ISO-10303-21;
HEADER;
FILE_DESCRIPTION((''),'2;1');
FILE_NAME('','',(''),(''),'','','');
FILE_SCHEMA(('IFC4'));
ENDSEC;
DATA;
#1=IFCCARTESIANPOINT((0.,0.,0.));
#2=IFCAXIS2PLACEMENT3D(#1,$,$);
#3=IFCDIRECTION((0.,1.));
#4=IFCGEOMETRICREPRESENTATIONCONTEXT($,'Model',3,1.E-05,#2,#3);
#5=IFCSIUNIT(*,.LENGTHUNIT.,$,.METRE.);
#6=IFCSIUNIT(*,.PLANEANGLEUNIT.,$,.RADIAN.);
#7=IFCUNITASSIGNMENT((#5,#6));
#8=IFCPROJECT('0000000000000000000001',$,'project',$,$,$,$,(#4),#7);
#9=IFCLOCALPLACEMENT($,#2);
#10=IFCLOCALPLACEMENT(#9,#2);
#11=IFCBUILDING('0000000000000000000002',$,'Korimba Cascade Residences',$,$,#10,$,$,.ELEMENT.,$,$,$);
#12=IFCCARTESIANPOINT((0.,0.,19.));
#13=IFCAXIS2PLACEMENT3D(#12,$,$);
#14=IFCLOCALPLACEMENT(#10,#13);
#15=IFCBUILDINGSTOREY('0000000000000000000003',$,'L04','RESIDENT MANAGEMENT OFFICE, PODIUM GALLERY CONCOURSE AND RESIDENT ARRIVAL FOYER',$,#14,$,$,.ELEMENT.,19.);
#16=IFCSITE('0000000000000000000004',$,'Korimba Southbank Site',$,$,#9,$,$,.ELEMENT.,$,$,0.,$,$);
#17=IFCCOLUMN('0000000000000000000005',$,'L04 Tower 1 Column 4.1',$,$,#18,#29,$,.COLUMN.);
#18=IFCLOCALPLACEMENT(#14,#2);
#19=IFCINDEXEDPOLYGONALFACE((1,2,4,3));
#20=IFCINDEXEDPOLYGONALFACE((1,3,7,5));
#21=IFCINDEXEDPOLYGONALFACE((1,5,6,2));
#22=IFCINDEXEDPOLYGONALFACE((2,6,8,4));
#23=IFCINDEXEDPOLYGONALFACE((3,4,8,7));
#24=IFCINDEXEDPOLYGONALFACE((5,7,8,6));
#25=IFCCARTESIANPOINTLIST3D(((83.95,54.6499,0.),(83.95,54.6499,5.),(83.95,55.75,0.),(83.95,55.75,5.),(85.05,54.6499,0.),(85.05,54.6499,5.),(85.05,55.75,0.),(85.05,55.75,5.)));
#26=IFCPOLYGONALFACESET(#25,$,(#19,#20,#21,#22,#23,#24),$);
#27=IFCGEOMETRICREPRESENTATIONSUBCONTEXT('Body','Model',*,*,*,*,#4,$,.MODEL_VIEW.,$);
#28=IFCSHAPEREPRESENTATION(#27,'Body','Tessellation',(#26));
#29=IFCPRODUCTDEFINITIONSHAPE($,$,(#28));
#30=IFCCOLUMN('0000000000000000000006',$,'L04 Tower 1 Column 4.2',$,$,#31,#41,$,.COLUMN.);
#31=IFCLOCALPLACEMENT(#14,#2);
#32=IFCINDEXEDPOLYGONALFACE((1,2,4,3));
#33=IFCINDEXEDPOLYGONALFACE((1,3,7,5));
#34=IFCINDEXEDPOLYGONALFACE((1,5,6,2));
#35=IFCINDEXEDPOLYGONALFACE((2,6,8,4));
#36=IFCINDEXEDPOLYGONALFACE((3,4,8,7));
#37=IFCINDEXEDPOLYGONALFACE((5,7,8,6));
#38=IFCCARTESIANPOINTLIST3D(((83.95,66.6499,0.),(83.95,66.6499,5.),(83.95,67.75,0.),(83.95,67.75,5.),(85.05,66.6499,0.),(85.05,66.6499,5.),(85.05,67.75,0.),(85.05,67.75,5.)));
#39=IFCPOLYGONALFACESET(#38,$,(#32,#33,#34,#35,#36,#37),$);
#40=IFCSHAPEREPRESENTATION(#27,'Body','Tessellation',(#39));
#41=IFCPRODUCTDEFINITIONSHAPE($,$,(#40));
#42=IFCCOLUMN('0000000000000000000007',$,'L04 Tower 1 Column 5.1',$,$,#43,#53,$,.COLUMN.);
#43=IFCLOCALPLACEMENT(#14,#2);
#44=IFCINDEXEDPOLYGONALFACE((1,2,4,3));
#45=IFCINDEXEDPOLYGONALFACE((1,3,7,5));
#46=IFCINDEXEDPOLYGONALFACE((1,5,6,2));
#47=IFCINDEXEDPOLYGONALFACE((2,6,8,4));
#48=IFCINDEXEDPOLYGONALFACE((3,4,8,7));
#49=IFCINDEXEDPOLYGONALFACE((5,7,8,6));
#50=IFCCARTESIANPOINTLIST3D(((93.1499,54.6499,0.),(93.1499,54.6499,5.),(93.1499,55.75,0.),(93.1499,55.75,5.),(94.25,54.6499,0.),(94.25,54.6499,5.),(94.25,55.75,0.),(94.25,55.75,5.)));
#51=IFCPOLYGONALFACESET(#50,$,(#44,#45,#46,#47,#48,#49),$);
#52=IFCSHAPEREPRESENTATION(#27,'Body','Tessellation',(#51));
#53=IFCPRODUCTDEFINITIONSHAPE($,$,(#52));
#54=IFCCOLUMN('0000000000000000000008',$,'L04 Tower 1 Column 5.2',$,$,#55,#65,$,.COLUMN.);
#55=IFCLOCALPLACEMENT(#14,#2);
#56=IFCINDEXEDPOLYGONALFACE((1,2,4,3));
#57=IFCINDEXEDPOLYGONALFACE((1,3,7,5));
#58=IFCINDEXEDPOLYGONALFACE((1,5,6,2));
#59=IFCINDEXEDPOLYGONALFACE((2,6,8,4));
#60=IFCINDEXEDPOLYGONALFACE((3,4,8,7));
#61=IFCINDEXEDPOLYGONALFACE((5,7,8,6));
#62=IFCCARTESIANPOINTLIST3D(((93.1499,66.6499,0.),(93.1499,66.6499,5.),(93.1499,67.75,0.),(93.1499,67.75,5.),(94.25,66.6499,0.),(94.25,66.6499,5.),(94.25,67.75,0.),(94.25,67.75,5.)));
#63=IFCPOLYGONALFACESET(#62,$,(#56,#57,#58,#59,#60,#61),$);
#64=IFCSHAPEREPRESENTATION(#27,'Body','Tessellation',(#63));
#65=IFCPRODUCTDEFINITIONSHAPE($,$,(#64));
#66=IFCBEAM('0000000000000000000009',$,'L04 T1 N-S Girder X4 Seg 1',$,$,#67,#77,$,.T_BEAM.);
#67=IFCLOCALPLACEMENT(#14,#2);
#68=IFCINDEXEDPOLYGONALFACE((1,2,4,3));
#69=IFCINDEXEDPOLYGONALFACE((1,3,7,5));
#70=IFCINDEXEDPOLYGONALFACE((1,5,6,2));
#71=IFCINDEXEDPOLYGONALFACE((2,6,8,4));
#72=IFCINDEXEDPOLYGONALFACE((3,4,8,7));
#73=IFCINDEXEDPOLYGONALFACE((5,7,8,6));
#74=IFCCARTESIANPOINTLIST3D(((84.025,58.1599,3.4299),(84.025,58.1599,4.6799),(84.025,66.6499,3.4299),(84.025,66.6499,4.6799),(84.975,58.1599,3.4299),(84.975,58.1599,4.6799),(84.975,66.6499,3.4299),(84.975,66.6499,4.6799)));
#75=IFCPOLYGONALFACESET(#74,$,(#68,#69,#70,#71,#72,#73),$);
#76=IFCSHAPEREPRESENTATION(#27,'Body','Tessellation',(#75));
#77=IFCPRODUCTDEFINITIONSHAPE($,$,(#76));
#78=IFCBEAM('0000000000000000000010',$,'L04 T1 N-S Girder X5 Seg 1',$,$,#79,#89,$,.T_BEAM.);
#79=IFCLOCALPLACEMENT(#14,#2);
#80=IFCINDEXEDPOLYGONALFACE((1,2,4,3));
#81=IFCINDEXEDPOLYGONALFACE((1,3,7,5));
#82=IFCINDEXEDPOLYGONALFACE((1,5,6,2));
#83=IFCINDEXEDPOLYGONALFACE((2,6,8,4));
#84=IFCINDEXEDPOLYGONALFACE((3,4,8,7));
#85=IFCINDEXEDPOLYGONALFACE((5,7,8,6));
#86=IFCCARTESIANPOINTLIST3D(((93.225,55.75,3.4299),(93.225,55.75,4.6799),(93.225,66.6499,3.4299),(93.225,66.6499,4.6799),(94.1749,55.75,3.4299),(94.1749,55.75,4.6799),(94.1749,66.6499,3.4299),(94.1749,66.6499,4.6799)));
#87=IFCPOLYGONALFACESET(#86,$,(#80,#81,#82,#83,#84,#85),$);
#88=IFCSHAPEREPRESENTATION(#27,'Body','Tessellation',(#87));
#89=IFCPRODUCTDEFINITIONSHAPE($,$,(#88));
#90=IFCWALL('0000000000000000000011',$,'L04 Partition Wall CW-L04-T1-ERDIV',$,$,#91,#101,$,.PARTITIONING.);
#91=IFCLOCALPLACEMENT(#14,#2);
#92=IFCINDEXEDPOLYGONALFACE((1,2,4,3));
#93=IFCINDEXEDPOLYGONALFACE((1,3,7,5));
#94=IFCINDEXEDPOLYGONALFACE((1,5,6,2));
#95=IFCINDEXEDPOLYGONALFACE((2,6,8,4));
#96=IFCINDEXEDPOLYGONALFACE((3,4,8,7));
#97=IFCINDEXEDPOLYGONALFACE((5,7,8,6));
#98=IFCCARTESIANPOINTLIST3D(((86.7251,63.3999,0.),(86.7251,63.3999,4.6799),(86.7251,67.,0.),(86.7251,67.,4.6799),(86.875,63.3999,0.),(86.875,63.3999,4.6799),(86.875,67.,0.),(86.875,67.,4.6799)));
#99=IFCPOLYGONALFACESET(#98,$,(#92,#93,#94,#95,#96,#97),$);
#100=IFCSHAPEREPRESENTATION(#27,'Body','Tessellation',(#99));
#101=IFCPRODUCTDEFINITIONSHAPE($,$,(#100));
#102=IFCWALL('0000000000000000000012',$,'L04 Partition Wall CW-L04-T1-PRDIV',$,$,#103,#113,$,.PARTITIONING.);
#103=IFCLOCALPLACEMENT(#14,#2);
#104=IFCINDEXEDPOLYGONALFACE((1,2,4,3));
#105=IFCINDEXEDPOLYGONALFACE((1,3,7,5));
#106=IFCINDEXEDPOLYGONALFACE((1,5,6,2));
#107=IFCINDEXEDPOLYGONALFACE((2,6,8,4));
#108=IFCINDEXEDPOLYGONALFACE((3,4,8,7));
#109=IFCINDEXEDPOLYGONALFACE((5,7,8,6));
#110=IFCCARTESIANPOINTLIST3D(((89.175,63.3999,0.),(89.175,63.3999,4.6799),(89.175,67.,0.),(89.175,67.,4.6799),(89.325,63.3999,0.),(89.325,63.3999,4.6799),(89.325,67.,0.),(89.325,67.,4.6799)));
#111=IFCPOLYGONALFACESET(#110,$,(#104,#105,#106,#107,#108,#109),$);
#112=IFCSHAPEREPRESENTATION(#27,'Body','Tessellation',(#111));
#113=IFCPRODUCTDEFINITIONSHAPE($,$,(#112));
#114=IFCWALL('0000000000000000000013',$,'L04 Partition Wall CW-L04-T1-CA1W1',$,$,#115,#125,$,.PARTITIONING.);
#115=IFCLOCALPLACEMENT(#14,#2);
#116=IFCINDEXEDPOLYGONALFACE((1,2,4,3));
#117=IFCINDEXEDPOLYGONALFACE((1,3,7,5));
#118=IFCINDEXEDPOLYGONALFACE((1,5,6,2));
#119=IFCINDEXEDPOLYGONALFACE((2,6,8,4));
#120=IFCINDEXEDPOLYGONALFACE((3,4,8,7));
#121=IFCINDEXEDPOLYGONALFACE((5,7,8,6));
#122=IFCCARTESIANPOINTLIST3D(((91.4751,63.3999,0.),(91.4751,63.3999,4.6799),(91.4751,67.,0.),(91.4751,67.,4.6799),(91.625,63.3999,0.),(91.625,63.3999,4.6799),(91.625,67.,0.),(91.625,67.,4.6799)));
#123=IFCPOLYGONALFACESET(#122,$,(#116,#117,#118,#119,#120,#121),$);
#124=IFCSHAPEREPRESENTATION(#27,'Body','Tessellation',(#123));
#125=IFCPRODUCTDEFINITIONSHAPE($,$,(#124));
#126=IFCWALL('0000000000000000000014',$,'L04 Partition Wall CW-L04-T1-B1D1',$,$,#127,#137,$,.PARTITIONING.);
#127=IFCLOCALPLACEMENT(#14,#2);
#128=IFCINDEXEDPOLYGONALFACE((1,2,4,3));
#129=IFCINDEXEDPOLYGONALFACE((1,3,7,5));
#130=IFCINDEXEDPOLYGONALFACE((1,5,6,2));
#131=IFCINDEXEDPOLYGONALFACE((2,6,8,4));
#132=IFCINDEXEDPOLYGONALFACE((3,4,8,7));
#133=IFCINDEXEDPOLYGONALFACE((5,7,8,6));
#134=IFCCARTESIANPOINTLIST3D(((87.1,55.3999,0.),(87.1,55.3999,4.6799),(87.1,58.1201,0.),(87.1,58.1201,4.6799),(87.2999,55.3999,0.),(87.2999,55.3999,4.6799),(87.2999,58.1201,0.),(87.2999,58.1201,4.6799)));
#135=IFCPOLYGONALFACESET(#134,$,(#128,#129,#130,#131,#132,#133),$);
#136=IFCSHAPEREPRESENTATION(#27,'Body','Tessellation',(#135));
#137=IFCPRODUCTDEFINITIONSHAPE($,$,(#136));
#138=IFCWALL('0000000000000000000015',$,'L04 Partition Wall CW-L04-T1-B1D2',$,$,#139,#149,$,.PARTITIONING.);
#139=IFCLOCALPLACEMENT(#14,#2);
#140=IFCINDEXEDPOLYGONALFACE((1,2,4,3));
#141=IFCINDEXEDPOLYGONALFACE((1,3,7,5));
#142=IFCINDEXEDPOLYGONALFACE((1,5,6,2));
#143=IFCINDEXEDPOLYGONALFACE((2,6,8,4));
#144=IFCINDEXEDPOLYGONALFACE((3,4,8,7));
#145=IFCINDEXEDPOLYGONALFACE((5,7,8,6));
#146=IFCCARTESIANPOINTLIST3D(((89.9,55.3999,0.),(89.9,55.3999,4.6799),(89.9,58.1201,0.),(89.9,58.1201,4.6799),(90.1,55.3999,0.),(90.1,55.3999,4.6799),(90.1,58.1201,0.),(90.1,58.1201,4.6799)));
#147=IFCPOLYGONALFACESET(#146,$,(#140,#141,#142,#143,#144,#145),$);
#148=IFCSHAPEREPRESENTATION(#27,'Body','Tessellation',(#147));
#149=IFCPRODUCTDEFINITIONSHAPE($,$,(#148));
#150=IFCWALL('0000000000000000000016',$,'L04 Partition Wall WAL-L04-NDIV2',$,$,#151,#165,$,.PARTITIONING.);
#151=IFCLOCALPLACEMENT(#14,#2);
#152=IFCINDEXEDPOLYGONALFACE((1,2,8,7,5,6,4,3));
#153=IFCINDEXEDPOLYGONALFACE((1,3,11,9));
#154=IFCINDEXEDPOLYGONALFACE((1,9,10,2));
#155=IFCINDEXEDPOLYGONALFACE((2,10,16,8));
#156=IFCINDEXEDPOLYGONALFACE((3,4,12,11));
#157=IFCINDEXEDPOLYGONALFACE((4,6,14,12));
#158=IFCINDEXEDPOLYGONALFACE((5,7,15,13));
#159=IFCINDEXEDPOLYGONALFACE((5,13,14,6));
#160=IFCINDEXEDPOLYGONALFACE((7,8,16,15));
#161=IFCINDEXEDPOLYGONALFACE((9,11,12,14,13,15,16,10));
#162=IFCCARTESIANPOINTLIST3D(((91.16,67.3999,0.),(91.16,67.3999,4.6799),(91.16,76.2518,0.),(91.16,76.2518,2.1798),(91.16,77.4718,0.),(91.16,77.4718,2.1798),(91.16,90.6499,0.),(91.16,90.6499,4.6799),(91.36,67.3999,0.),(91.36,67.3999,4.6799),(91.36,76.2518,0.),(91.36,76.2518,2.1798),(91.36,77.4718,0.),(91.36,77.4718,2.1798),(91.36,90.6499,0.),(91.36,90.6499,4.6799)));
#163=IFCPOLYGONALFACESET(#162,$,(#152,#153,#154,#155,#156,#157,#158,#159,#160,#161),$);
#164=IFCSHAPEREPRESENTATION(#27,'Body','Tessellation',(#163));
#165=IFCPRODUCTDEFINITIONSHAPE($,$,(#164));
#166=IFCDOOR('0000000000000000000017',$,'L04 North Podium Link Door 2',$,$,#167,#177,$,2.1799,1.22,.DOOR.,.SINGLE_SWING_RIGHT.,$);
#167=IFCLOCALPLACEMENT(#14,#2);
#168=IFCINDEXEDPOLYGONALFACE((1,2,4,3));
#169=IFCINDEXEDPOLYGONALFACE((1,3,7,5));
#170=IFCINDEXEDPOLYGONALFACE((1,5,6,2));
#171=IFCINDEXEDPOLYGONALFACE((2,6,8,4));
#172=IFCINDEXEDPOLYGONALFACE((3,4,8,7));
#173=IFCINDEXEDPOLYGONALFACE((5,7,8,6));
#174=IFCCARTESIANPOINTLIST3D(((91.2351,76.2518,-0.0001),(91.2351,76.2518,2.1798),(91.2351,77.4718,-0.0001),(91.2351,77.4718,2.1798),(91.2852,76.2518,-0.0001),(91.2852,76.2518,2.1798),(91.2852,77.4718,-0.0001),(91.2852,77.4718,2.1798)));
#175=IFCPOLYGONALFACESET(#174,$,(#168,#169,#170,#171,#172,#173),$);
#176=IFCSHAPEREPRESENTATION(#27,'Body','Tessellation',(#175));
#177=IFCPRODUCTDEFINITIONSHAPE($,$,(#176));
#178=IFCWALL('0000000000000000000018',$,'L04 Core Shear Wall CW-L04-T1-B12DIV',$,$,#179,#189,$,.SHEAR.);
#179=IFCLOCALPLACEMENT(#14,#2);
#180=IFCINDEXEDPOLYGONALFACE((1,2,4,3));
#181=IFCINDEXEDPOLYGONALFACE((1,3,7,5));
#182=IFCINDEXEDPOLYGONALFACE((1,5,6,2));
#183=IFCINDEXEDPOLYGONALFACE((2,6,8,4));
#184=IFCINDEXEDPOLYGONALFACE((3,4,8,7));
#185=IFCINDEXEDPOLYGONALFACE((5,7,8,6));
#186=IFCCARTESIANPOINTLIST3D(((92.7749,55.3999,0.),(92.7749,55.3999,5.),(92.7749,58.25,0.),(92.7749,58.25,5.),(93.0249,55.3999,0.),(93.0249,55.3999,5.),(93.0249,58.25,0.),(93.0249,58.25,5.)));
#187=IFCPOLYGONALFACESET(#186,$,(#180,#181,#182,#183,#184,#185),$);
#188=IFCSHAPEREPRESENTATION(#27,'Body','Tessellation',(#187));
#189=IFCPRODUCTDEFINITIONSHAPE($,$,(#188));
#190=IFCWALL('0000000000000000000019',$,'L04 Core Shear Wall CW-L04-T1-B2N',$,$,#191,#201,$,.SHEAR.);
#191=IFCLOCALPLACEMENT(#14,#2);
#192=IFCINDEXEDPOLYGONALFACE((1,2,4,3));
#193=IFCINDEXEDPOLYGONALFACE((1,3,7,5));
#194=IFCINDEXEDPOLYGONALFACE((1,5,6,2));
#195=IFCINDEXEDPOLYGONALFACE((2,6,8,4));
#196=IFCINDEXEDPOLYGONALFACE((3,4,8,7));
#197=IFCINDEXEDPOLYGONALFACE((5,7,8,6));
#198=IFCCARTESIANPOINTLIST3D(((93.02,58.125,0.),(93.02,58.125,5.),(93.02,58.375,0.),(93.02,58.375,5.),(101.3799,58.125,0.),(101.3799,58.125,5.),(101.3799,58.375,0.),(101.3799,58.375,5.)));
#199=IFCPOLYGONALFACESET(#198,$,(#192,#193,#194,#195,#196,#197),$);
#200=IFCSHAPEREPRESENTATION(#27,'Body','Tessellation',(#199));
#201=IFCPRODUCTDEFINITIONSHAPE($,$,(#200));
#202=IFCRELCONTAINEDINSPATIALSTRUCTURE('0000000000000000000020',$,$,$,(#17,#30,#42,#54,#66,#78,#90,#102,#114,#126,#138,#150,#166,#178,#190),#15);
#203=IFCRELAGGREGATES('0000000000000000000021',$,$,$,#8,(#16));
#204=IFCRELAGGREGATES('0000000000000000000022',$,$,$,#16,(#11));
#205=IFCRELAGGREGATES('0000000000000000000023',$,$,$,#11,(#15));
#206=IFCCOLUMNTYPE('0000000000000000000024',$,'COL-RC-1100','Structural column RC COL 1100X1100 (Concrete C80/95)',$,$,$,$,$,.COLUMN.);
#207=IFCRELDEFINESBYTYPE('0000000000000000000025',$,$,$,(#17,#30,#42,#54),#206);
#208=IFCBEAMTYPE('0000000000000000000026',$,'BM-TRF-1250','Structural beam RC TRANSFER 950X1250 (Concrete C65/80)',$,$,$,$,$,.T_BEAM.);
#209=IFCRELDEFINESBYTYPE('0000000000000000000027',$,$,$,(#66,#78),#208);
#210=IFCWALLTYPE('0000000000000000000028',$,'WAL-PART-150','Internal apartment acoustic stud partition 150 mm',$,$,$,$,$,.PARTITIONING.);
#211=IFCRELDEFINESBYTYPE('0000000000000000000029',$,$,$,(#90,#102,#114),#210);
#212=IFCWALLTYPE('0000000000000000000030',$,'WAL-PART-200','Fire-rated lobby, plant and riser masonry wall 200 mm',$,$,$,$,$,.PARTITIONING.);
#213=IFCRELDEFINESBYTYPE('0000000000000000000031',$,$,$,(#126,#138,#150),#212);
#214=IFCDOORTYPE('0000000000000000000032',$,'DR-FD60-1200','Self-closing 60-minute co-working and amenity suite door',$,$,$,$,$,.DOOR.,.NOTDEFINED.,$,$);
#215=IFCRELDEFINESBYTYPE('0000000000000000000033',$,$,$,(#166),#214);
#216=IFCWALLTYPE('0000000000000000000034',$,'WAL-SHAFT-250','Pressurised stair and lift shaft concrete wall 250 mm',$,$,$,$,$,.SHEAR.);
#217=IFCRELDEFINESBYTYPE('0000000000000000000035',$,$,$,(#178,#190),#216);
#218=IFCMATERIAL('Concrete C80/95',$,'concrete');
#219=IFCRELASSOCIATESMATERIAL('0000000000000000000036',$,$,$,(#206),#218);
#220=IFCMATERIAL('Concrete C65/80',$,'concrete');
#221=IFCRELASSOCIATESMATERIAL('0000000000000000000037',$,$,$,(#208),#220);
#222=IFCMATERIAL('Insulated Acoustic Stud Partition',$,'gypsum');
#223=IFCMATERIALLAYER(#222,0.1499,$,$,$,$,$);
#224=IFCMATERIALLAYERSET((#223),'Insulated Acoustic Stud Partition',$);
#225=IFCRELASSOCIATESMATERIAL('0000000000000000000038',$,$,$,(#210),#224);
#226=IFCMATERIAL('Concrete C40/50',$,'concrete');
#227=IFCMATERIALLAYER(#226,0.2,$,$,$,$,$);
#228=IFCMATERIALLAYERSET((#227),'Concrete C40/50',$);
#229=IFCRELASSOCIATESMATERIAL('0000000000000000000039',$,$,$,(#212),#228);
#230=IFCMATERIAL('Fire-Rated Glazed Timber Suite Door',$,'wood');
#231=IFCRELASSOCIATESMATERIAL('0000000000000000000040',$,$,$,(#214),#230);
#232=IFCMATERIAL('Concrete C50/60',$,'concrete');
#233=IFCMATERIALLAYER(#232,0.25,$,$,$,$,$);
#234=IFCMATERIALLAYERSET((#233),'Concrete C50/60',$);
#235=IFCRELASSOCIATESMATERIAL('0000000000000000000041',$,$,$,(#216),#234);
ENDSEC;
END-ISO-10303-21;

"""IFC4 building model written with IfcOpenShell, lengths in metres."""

from ifc_helpers import new_model, si_unit, direction, frame, frame_2d, origin, origin_2d, place, context, subcontext, project, spatial, rectangle, extrude, material, layer, layer_set, material_profile, profile_set, type_object, element, fill, save


model = new_model("IFC4")

# Units and contexts
model_context = context("Model", 3, precision=1e-05, world=origin(), true_north=direction((0.0, 1.0)))
body_context = subcontext(model_context, "Body", "Model", "MODEL_VIEW")
ifc_project = project(units=[si_unit("LENGTHUNIT", "METRE"), si_unit("PLANEANGLEUNIT", "RADIAN")], contexts=[model_context])

# Site, building, storey
site_placement = place(None, origin())
site = spatial("IfcSite", under=ifc_project, at=site_placement, Name="Korimba Southbank Site", CompositionType="ELEMENT", RefElevation=0.0)
building_placement = place(site_placement, origin())
building = spatial("IfcBuilding", under=site, at=building_placement, Name="Korimba Cascade Residences", CompositionType="ELEMENT")
storey_placement = place(building_placement, frame((0.0, 0.0, 19.0)))
storey = spatial("IfcBuildingStorey", under=building, at=storey_placement, Name="L04", Description="RESIDENT MANAGEMENT OFFICE, PODIUM GALLERY CONCOURSE AND RESIDENT ARRIVAL FOYER", CompositionType="ELEMENT", Elevation=19.0)

# Columns
ifc_material_1 = material(Name="Concrete C80/95", Category="concrete")
ifc_material_profile_1 = material_profile(ifc_material_1, rectangle(XDim=1.1001, YDim=1.1001, at=origin_2d()), Name="Concrete C80/95")
ifc_profile_set_1 = profile_set([ifc_material_profile_1], Name="Concrete C80/95")
column_type = type_object("IfcColumnType", Name="COL-RC-1100", Description="Structural column RC COL 1100X1100 (Concrete C80/95)", PredefinedType="COLUMN", material=ifc_profile_set_1)
for number, where, z_axis, x_axis, name in (
    (1, (84.5, 55.2, 0.0), (0.0, 0.0, 1.0), (1.0, 0.0, 0.0), "L04 Tower 1 Column 4.1"),
    (2, (84.5, 67.2, 0.0), (0.0, 0.0, 1.0), (1.0, 0.0, 0.0), "L04 Tower 1 Column 4.2"),
    (3, (93.7, 55.2, 0.0), (0.0, 0.0, 1.0), (1.0, 0.0, 0.0), "L04 Tower 1 Column 5.1"),
    (4, (93.7, 67.2, 0.0), (0.0, 0.0, 1.0), (1.0, 0.0, 0.0), "L04 Tower 1 Column 5.2"),
):
    element("IfcColumn", number, at=place(storey_placement, frame(where, z_axis=z_axis, x_axis=x_axis)), inside=storey, type_object=column_type, Name=name, PredefinedType="COLUMN", context=body_context, shape_type="SweptSolid", body=[
        extrude(rectangle(XDim=1.1001, YDim=1.1001, at=origin_2d()), origin(), (0.0, 0.0, 1.0), 5.0),
    ])

# Beams
ifc_material_2 = material(Name="Concrete C65/80", Category="concrete")
ifc_material_profile_2 = material_profile(ifc_material_2, rectangle(XDim=0.95, YDim=1.25, at=origin_2d()), Name="Concrete C65/80")
ifc_profile_set_2 = profile_set([ifc_material_profile_2], Name="Concrete C65/80")
beam_type = type_object("IfcBeamType", Name="BM-TRF-1250", Description="Structural beam RC TRANSFER 950X1250 (Concrete C65/80)", PredefinedType="T_BEAM", material=ifc_profile_set_2)
beam_1_placement = place(storey_placement, frame((84.5, 58.1599, 4.0549), z_axis=(0.0, 1.0, 0.0), x_axis=(-1.0, 0.0, 0.0)))
element("IfcBeam", 5, at=beam_1_placement, inside=storey, type_object=beam_type, Name="L04 T1 N-S Girder X4 Seg 1", PredefinedType="T_BEAM", context=body_context, shape_type="SweptSolid", body=[
    extrude(rectangle(XDim=0.95, YDim=1.25, at=origin_2d()), origin(), (0.0, 0.0, 1.0), 8.49),
])
beam_2_placement = place(storey_placement, frame((93.7, 55.75, 4.0549), z_axis=(0.0, 1.0, 0.0), x_axis=(-1.0, 0.0, 0.0)))
element("IfcBeam", 6, at=beam_2_placement, inside=storey, type_object=beam_type, Name="L04 T1 N-S Girder X5 Seg 1", PredefinedType="T_BEAM", context=body_context, shape_type="SweptSolid", body=[
    extrude(rectangle(XDim=0.95, YDim=1.25, at=origin_2d()), origin(), (0.0, 0.0, 1.0), 10.8999),
])

# Walls
ifc_material_3 = material(Name="Insulated Acoustic Stud Partition", Category="gypsum")
ifc_layer_1 = layer(ifc_material_3, 0.1499)
ifc_layer_set_1 = layer_set([ifc_layer_1], Name="Insulated Acoustic Stud Partition")
wall_type_1 = type_object("IfcWallType", Name="WAL-PART-150", Description="Internal apartment acoustic stud partition 150 mm", PredefinedType="PARTITIONING", material=ifc_layer_set_1)
for number, where, z_axis, x_axis, name in (
    (7, (86.8, 63.3999, 0.0), (0.0, 0.0, 1.0), (0.0, 1.0, 0.0), "L04 Partition Wall CW-L04-T1-ERDIV"),
    (8, (89.25, 63.3999, 0.0), (0.0, 0.0, 1.0), (0.0, 1.0, 0.0), "L04 Partition Wall CW-L04-T1-PRDIV"),
    (9, (91.55, 63.3999, 0.0), (0.0, 0.0, 1.0), (0.0, 1.0, 0.0), "L04 Partition Wall CW-L04-T1-CA1W1"),
):
    element("IfcWall", number, at=place(storey_placement, frame(where, z_axis=z_axis, x_axis=x_axis)), inside=storey, type_object=wall_type_1, Name=name, PredefinedType="PARTITIONING", context=body_context, shape_type="SweptSolid", body=[
        extrude(rectangle(XDim=3.6001, YDim=0.1499, at=frame_2d((1.8, 0.0))), origin(), (0.0, 0.0, 1.0), 4.6799),
    ])
ifc_material_4 = material(Name="Concrete C40/50", Category="concrete")
ifc_layer_2 = layer(ifc_material_4, 0.2)
ifc_layer_set_2 = layer_set([ifc_layer_2], Name="Concrete C40/50")
wall_type_2 = type_object("IfcWallType", Name="WAL-PART-200", Description="Fire-rated lobby, plant and riser masonry wall 200 mm", PredefinedType="PARTITIONING", material=ifc_layer_set_2)
for number, where, z_axis, x_axis, name in (
    (10, (87.2, 55.3999, 0.0), (0.0, 0.0, 1.0), (0.0, 1.0, 0.0), "L04 Partition Wall CW-L04-T1-B1D1"),
    (11, (90.0, 55.3999, 0.0), (0.0, 0.0, 1.0), (0.0, 1.0, 0.0), "L04 Partition Wall CW-L04-T1-B1D2"),
):
    element("IfcWall", number, at=place(storey_placement, frame(where, z_axis=z_axis, x_axis=x_axis)), inside=storey, type_object=wall_type_2, Name=name, PredefinedType="PARTITIONING", context=body_context, shape_type="SweptSolid", body=[
        extrude(rectangle(XDim=2.7202, YDim=0.2, at=frame_2d((1.3601, 0.0))), origin(), (0.0, 0.0, 1.0), 4.6799),
    ])

# Wall, opening, door
wall_1_placement = place(storey_placement, frame((91.26, 67.3999, 0.0), z_axis=(0.0, 0.0, 1.0), x_axis=(0.0, 1.0, 0.0)))
wall_1 = element("IfcWall", 12, at=wall_1_placement, inside=storey, type_object=wall_type_2, Name="L04 Partition Wall WAL-L04-NDIV2", PredefinedType="PARTITIONING", context=body_context, shape_type="SweptSolid", body=[
    extrude(rectangle(XDim=23.25, YDim=0.2, at=frame_2d((11.625, 0.0))), origin(), (0.0, 0.0, 1.0), 4.6799),
])
opening_1_placement = place(wall_1_placement, frame((8.8521, 0.0, 0.0)))
opening_1 = element("IfcOpeningElement", 13, at=opening_1_placement, cuts=wall_1, PredefinedType="OPENING", context=body_context, shape_type="SweptSolid", body=[
    extrude(rectangle(XDim=1.22, YDim=2.1799, at=frame_2d((0.6099, 1.0898))), frame((0.0, 0.1099, 0.0), z_axis=(0.0, -1.0, 0.0), x_axis=(1.0, 0.0, 0.0)), (0.0, 0.0, 1.0), 0.22),
])
ifc_material_5 = material(Name="Fire-Rated Glazed Timber Suite Door", Category="wood")
door_type_1 = type_object("IfcDoorType", Name="DR-FD60-1200", Description="Self-closing 60-minute co-working and amenity suite door", OperationType="NOTDEFINED", PredefinedType="DOOR", material=ifc_material_5)
door_1_placement = place(opening_1_placement, origin())
door_1 = element("IfcDoor", 14, at=door_1_placement, inside=storey, type_object=door_type_1, Name="L04 North Podium Link Door 2", OperationType="SINGLE_SWING_RIGHT", OverallHeight=2.1799, OverallWidth=1.22, PredefinedType="DOOR", context=body_context, shape_type="SweptSolid", body=[
    extrude(rectangle(XDim=1.22, YDim=2.1799, at=frame_2d((0.6099, 1.0898))), frame((0.0, 0.0249, 0.0), z_axis=(0.0, -1.0, 0.0), x_axis=(1.0, 0.0, 0.0)), (0.0, 0.0, 1.0), 0.05),
])
fill(opening_1, door_1)

# Walls
ifc_material_6 = material(Name="Concrete C50/60", Category="concrete")
ifc_layer_3 = layer(ifc_material_6, 0.25)
ifc_layer_set_3 = layer_set([ifc_layer_3], Name="Concrete C50/60")
wall_type_3 = type_object("IfcWallType", Name="WAL-SHAFT-250", Description="Pressurised stair and lift shaft concrete wall 250 mm", PredefinedType="SHEAR", material=ifc_layer_set_3)
wall_2_placement = place(storey_placement, frame((92.8999, 55.3999, 0.0), z_axis=(0.0, 0.0, 1.0), x_axis=(0.0, 1.0, 0.0)))
element("IfcWall", 15, at=wall_2_placement, inside=storey, type_object=wall_type_3, Name="L04 Core Shear Wall CW-L04-T1-B12DIV", PredefinedType="SHEAR", context=body_context, shape_type="SweptSolid", body=[
    extrude(rectangle(XDim=2.8501, YDim=0.25, at=frame_2d((1.425, 0.0))), origin(), (0.0, 0.0, 1.0), 5.0),
])
wall_3_placement = place(storey_placement, frame((93.02, 58.25, 0.0), z_axis=(0.0, 0.0, 1.0), x_axis=(1.0, 0.0, 0.0)))
element("IfcWall", 16, at=wall_3_placement, inside=storey, type_object=wall_type_3, Name="L04 Core Shear Wall CW-L04-T1-B2N", PredefinedType="SHEAR", context=body_context, shape_type="SweptSolid", body=[
    extrude(rectangle(XDim=8.3599, YDim=0.25, at=frame_2d((4.1799, 0.0))), origin(), (0.0, 0.0, 1.0), 5.0),
])

save(model, "model.ifc")
